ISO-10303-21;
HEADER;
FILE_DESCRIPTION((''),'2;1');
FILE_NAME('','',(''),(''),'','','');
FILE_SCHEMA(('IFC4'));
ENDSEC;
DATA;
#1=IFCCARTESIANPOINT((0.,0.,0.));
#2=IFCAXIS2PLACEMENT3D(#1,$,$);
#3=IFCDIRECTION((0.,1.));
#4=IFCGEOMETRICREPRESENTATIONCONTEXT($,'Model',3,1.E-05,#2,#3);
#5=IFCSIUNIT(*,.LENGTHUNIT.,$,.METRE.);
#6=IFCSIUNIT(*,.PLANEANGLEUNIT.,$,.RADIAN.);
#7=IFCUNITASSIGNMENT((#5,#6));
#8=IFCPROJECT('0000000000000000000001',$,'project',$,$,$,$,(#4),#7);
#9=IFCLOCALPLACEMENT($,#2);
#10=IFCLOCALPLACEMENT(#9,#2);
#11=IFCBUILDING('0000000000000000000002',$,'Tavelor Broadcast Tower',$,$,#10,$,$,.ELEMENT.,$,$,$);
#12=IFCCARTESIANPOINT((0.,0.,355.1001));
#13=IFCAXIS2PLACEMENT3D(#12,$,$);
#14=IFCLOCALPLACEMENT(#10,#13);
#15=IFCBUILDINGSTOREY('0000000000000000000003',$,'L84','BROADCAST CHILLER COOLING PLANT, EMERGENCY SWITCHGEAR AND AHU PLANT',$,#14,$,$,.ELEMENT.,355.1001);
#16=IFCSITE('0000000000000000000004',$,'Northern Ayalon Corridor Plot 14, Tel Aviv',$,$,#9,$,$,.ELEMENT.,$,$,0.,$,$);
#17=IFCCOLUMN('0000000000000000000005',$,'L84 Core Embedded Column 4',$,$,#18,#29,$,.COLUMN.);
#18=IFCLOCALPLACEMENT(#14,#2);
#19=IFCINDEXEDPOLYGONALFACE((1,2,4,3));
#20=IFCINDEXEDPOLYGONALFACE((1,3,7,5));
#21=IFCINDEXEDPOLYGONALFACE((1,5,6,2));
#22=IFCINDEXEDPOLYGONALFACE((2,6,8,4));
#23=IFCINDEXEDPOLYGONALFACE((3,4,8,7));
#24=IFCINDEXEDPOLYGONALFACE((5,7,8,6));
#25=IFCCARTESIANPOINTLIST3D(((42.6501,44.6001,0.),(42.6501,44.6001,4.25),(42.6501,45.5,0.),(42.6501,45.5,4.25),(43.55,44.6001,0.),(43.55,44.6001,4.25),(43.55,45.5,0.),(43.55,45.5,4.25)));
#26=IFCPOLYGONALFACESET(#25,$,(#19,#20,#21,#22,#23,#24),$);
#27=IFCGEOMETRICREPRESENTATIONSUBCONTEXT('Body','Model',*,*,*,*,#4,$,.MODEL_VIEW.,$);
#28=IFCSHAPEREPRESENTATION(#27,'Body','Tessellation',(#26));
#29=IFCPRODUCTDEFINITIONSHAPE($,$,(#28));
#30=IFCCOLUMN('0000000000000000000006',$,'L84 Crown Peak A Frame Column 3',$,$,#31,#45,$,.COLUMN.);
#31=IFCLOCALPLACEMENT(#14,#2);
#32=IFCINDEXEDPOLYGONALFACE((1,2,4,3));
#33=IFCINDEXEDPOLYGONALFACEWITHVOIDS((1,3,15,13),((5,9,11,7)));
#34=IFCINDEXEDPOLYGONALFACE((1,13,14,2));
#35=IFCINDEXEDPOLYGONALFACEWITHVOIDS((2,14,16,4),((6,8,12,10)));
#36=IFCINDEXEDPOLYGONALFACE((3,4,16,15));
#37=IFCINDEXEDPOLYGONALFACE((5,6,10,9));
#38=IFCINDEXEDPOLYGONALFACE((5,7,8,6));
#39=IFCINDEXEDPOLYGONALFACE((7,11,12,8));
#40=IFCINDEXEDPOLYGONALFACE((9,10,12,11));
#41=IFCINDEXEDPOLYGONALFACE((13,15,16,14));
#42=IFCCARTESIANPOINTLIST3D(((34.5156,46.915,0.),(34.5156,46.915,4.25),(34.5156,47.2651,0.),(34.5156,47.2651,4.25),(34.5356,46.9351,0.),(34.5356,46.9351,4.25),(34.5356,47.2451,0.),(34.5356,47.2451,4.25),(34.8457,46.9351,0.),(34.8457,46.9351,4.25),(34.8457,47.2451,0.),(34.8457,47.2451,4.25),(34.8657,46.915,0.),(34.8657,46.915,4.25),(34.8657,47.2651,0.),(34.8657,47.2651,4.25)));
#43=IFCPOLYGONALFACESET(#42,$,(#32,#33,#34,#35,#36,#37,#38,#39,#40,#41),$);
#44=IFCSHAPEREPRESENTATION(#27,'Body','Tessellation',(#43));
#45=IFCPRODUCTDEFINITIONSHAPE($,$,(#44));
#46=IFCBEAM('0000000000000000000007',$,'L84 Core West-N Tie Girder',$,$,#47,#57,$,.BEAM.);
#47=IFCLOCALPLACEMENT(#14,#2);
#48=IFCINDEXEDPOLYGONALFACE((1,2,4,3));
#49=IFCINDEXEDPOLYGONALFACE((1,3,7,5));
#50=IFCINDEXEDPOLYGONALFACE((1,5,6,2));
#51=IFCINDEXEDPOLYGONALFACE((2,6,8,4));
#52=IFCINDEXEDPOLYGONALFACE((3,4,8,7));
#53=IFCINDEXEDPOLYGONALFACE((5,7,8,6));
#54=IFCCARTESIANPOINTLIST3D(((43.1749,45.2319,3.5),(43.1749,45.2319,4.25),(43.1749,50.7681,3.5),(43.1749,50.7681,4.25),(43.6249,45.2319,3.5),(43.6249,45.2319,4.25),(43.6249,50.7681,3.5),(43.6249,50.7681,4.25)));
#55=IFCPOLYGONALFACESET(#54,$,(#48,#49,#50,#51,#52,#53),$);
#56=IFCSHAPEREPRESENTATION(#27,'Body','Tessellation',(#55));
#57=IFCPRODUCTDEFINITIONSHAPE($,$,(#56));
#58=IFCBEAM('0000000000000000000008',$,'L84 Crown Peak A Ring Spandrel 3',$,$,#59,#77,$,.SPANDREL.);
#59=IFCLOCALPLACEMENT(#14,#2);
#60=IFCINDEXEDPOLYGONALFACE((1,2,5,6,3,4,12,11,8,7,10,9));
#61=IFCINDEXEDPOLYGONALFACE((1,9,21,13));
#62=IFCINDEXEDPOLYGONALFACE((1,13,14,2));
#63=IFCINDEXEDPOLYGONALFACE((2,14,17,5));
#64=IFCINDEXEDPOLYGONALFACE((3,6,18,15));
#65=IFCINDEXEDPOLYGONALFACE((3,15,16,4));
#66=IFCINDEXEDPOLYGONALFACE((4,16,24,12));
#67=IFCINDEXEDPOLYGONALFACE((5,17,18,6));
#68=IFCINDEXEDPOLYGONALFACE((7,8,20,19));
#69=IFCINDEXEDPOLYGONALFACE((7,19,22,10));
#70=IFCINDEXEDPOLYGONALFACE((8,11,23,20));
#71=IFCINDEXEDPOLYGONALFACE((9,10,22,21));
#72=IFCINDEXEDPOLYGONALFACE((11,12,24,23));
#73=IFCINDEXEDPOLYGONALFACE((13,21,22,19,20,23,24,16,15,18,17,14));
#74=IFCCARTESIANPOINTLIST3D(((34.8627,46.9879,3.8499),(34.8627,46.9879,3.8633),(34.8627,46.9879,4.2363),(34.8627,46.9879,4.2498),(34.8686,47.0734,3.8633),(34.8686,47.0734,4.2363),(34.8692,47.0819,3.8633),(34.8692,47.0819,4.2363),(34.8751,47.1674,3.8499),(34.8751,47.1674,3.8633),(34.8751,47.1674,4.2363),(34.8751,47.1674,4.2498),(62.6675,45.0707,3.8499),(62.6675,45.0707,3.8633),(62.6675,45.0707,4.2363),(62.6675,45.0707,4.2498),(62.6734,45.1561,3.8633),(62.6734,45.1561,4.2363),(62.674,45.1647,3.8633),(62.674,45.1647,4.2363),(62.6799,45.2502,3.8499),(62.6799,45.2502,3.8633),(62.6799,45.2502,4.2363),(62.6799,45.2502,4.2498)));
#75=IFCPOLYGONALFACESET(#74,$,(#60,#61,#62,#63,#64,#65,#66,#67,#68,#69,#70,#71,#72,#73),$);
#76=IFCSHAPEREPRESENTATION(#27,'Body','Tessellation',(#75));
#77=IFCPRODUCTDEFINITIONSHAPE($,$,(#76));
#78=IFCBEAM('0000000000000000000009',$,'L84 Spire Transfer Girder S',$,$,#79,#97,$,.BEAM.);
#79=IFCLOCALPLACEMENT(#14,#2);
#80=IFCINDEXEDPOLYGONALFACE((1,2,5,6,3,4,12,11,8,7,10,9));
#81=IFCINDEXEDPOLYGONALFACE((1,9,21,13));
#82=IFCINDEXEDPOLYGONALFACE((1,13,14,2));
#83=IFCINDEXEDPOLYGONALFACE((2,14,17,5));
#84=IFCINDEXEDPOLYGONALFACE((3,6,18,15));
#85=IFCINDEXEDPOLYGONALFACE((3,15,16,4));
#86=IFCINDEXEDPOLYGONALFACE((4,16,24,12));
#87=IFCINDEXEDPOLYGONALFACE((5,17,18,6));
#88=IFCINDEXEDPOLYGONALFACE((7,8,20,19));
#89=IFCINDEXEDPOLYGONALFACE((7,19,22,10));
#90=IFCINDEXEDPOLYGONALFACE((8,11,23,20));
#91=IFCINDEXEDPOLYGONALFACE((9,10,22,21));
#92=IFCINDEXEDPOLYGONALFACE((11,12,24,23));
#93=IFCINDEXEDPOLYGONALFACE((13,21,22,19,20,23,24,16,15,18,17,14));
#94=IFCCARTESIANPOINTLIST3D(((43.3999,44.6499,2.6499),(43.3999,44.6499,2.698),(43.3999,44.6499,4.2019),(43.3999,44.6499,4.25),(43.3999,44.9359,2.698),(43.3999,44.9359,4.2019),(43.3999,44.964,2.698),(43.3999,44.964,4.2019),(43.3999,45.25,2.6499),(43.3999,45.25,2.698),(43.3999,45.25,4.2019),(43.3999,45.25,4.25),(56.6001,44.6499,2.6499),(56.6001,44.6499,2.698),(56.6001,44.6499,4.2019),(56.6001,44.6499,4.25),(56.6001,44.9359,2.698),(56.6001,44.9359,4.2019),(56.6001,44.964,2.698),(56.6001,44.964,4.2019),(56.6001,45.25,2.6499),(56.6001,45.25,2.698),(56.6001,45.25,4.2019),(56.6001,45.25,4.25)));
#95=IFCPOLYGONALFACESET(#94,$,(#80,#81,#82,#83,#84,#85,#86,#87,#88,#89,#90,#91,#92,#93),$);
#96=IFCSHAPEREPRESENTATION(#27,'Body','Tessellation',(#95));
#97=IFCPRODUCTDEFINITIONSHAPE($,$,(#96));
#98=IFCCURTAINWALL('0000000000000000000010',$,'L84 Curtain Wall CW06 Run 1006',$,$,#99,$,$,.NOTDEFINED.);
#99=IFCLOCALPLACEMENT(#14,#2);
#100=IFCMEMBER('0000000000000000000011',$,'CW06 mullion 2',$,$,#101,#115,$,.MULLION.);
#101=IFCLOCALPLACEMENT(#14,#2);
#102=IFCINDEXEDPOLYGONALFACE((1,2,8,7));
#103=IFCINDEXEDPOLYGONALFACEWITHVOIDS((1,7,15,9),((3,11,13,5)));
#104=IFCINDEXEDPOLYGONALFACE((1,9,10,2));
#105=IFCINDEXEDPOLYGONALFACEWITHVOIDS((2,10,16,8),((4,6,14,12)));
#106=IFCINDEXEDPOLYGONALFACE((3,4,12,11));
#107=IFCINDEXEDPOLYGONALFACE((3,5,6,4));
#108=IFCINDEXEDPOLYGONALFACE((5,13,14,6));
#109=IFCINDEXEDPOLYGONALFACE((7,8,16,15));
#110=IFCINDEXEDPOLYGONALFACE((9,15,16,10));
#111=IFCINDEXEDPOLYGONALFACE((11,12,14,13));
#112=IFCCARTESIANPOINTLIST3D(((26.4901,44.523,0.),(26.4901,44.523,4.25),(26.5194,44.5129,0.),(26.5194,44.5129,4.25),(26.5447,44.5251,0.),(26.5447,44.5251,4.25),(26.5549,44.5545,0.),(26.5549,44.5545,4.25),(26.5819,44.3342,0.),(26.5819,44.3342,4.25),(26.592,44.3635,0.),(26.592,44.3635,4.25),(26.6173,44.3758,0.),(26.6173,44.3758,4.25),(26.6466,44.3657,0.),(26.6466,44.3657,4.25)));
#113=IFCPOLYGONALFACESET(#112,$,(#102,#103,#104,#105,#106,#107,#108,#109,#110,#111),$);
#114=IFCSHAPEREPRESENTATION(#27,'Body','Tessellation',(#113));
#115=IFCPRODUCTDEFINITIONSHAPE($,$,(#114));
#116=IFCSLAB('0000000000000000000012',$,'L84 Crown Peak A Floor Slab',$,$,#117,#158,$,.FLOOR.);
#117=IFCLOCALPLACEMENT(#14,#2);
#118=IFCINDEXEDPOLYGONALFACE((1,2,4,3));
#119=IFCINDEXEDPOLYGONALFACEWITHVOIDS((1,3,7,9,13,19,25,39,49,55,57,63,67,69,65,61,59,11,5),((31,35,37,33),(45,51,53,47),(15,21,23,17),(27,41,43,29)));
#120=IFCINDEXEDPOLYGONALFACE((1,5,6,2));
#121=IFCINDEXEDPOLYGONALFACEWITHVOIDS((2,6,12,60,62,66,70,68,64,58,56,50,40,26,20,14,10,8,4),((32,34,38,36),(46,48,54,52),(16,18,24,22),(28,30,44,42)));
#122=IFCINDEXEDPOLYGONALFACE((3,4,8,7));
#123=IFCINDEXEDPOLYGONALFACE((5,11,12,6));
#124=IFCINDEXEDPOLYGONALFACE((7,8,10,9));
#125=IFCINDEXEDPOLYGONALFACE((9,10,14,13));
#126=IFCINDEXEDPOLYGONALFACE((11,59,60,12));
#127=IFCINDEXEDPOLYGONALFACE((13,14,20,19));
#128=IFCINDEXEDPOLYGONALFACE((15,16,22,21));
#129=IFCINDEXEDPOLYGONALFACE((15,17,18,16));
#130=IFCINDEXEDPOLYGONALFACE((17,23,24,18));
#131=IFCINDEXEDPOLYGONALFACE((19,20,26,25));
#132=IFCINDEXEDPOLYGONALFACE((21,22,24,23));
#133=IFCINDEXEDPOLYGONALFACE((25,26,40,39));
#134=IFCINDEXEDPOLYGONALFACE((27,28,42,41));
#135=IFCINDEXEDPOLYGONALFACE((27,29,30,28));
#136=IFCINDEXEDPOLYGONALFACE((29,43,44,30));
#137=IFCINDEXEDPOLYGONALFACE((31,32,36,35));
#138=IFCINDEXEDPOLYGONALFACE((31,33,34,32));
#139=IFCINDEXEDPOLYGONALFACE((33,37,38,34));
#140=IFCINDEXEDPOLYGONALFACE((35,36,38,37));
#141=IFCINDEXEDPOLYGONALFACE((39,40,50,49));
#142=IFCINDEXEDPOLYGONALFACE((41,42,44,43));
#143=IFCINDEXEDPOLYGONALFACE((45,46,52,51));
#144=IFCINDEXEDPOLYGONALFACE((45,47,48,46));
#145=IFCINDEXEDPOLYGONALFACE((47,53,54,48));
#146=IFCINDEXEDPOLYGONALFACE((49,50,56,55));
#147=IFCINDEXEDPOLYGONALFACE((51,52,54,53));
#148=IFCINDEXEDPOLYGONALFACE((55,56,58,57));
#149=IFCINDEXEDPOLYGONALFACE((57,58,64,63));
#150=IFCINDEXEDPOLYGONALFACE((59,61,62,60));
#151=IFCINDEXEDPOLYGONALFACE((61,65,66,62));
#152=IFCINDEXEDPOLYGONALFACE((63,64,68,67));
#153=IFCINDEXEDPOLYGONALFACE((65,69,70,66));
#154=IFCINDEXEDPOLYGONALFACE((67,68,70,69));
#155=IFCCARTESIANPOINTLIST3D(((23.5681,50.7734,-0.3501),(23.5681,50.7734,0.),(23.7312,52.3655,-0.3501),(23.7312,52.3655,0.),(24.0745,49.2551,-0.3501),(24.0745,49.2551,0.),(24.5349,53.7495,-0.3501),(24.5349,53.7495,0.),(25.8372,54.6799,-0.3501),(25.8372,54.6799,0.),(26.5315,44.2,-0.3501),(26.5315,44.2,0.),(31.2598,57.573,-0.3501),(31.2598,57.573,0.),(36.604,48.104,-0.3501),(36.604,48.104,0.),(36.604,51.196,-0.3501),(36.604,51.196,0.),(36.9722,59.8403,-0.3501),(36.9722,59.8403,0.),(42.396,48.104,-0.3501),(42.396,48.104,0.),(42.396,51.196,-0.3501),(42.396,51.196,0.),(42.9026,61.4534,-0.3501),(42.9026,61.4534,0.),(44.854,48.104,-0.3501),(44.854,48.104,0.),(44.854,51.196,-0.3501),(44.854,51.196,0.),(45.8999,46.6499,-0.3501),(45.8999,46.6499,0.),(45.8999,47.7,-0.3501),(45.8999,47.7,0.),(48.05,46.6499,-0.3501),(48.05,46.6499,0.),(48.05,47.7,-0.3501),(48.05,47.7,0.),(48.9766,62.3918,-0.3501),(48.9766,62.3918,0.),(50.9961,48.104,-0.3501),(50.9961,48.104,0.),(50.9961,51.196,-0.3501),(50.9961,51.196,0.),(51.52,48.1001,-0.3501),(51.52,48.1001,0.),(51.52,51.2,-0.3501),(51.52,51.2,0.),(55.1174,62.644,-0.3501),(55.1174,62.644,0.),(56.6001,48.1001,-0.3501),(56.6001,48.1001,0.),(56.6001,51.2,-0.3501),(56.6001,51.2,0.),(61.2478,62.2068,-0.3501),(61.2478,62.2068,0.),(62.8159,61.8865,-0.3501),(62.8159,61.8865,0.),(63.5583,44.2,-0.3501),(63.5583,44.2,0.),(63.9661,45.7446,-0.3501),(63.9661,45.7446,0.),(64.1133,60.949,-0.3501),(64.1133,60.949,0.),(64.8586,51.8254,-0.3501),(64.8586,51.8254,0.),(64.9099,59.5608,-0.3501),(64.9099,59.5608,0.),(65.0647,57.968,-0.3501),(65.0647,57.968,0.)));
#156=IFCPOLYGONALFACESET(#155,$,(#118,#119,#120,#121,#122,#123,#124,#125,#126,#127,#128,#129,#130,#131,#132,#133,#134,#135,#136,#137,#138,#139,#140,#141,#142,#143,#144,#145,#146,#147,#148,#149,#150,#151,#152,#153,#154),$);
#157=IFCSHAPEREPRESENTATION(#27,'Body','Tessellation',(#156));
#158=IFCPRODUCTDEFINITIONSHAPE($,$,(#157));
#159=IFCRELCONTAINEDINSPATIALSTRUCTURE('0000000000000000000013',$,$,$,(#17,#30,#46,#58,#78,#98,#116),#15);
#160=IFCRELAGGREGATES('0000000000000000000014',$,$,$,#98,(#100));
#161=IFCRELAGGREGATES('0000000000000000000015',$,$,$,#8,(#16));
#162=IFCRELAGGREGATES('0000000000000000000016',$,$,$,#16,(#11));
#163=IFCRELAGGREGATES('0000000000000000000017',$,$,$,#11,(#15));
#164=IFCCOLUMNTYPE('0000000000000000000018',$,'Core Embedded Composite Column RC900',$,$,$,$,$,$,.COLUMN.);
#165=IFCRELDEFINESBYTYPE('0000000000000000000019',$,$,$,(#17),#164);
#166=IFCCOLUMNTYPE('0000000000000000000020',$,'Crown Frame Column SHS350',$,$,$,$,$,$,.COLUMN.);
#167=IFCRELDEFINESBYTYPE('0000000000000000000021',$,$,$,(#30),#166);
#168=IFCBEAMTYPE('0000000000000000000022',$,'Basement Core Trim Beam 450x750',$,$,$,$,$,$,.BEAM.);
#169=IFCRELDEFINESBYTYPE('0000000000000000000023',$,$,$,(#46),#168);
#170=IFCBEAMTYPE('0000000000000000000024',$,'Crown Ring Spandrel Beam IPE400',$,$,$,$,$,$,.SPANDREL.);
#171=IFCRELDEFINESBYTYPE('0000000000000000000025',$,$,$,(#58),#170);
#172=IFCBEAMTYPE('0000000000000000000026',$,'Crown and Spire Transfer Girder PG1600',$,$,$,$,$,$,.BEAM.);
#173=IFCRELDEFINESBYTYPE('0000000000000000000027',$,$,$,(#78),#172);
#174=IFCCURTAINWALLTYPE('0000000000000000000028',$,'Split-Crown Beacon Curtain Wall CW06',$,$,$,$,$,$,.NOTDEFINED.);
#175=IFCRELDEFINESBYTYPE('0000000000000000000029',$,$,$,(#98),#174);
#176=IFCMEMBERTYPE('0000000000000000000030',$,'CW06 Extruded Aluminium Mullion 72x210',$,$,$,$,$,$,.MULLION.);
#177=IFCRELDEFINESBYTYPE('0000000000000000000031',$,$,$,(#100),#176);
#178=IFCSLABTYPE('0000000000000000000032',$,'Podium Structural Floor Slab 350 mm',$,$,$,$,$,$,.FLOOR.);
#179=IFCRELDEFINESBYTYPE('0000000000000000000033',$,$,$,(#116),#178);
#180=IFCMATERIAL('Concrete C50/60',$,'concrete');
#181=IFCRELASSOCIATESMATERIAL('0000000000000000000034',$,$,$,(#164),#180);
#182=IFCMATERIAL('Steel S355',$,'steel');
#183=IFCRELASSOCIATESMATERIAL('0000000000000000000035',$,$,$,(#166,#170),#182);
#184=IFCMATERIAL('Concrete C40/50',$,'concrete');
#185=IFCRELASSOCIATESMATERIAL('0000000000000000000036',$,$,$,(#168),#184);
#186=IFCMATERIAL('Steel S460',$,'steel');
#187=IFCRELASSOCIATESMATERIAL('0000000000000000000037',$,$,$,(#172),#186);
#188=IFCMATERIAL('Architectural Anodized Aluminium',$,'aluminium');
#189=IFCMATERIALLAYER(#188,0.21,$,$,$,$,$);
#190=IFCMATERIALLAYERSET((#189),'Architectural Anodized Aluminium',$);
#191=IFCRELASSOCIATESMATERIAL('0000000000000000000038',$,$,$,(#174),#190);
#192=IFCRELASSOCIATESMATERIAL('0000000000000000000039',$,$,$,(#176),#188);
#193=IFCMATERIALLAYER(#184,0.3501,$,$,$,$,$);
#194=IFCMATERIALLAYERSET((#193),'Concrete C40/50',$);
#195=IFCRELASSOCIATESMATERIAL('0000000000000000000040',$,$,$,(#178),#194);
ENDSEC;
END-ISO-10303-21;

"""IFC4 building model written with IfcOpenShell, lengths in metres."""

from ifc_helpers import new_model, si_unit, direction, frame, origin, origin_2d, place, context, subcontext, project, spatial, polyline, rectangle, hollow_rectangle, i_section, outline, extrude, source, transform, mapped, material, layer, layer_set, material_profile, profile_set, type_object, type_shapes, element, aggregate, save


model = new_model("IFC4")

# Units and contexts
model_context = context("Model", 3, precision=1e-05, world=origin(), true_north=direction((0.0, 1.0)))
body_context = subcontext(model_context, "Body", "Model", "MODEL_VIEW")
ifc_project = project(units=[si_unit("LENGTHUNIT", "METRE"), si_unit("PLANEANGLEUNIT", "RADIAN")], contexts=[model_context])

# Site, building, storey
site_placement = place(None, origin())
site = spatial("IfcSite", under=ifc_project, at=site_placement, Name="Northern Ayalon Corridor Plot 14, Tel Aviv", CompositionType="ELEMENT", RefElevation=0.0)
building_placement = place(site_placement, origin())
building = spatial("IfcBuilding", under=site, at=building_placement, Name="Tavelor Broadcast Tower", CompositionType="ELEMENT")
storey_placement = place(building_placement, frame((0.0, 0.0, 355.1001)))
storey = spatial("IfcBuildingStorey", under=building, at=storey_placement, Name="L84", Description="BROADCAST CHILLER COOLING PLANT, EMERGENCY SWITCHGEAR AND AHU PLANT", CompositionType="ELEMENT", Elevation=355.1001)

# Columns
ifc_material_1 = material(Name="Concrete C50/60", Category="concrete")
ifc_material_profile_1 = material_profile(ifc_material_1, rectangle(XDim=0.8999, YDim=0.8999, at=origin_2d()), Name="RC 900x900")
ifc_profile_set_1 = profile_set([ifc_material_profile_1], Name="Concrete C50/60")
column_type_1 = type_object("IfcColumnType", Name="Core Embedded Composite Column RC900", PredefinedType="COLUMN", material=ifc_profile_set_1)
column_1_placement = place(storey_placement, frame((43.1001, 45.05, 0.0), z_axis=(0.0, 0.0, 1.0), x_axis=(1.0, 0.0, 0.0)))
element("IfcColumn", 1, at=column_1_placement, inside=storey, type_object=column_type_1, Name="L84 Core Embedded Column 4", PredefinedType="COLUMN", context=body_context, shape_type="SweptSolid", body=[
    extrude(rectangle(XDim=0.8999, YDim=0.8999, at=origin_2d()), origin(), (0.0, 0.0, 1.0), 4.25),
])
ifc_material_2 = material(Name="Steel S355", Category="steel")
ifc_material_profile_2 = material_profile(ifc_material_2, hollow_rectangle(XDim=0.3501, YDim=0.3501, WallThickness=0.02, at=origin_2d()), Name="SHS 350x350x20")
ifc_profile_set_2 = profile_set([ifc_material_profile_2], Name="Steel S355")
column_type_2 = type_object("IfcColumnType", Name="Crown Frame Column SHS350", PredefinedType="COLUMN", material=ifc_profile_set_2)
column_2_placement = place(storey_placement, frame((34.6907, 47.0901, 0.0), z_axis=(0.0, 0.0, 1.0), x_axis=(1.0, 0.0, 0.0)))
element("IfcColumn", 2, at=column_2_placement, inside=storey, type_object=column_type_2, Name="L84 Crown Peak A Frame Column 3", PredefinedType="COLUMN", context=body_context, shape_type="SweptSolid", body=[
    extrude(hollow_rectangle(XDim=0.3501, YDim=0.3501, WallThickness=0.02, at=origin_2d()), origin(), (0.0, 0.0, 1.0), 4.25),
])

# Beams
ifc_material_3 = material(Name="Concrete C40/50", Category="concrete")
ifc_material_profile_3 = material_profile(ifc_material_3, rectangle(XDim=0.45, YDim=0.75, at=origin_2d()), Name="RC 450x750")
ifc_profile_set_3 = profile_set([ifc_material_profile_3], Name="Concrete C40/50")
beam_type_1 = type_object("IfcBeamType", Name="Basement Core Trim Beam 450x750", PredefinedType="BEAM", material=ifc_profile_set_3)
beam_1_placement = place(storey_placement, frame((43.3999, 45.2319, 3.875), z_axis=(0.0, 1.0, 0.0), x_axis=(-1.0, 0.0, 0.0)))
element("IfcBeam", 3, at=beam_1_placement, inside=storey, type_object=beam_type_1, Name="L84 Core West-N Tie Girder", PredefinedType="BEAM", context=body_context, shape_type="SweptSolid", body=[
    extrude(rectangle(XDim=0.45, YDim=0.75, at=origin_2d()), origin(), (0.0, 0.0, 1.0), 5.5361),
])
ifc_material_profile_4 = material_profile(ifc_material_2, i_section(OverallWidth=0.1799, OverallDepth=0.3999, WebThickness=0.0085, FlangeThickness=0.0134, at=origin_2d()), Name="IPE 400")
ifc_profile_set_4 = profile_set([ifc_material_profile_4], Name="Steel S355")
beam_type_2 = type_object("IfcBeamType", Name="Crown Ring Spandrel Beam IPE400", PredefinedType="SPANDREL", material=ifc_profile_set_4)
beam_2_placement = place(storey_placement, frame((34.8689, 47.0776, 4.0498), z_axis=(0.997631, -0.06879, 0.0), x_axis=(0.06879, 0.997631, 0.0)))
element("IfcBeam", 4, at=beam_2_placement, inside=storey, type_object=beam_type_2, Name="L84 Crown Peak A Ring Spandrel 3", PredefinedType="SPANDREL", context=body_context, shape_type="SweptSolid", body=[
    extrude(i_section(OverallWidth=0.1799, OverallDepth=0.3999, WebThickness=0.0085, FlangeThickness=0.0134, at=origin_2d()), origin(), (0.0, 0.0, 1.0), 27.8708),
])
ifc_material_4 = material(Name="Steel S460", Category="steel")
ifc_material_profile_5 = material_profile(ifc_material_4, i_section(OverallWidth=0.6001, OverallDepth=1.6001, WebThickness=0.0281, FlangeThickness=0.0481, at=origin_2d()), Name="PG 1600x600")
ifc_profile_set_5 = profile_set([ifc_material_profile_5], Name="Steel S460")
beam_type_3 = type_object("IfcBeamType", Name="Crown and Spire Transfer Girder PG1600", PredefinedType="BEAM", material=ifc_profile_set_5)
beam_3_placement = place(storey_placement, frame((43.3999, 44.95, 3.45), z_axis=(1.0, 0.0, 0.0), x_axis=(0.0, 1.0, 0.0)))
element("IfcBeam", 5, at=beam_3_placement, inside=storey, type_object=beam_type_3, Name="L84 Spire Transfer Girder S", PredefinedType="BEAM", context=body_context, shape_type="SweptSolid", body=[
    extrude(i_section(OverallWidth=0.6001, OverallDepth=1.6001, WebThickness=0.0281, FlangeThickness=0.0481, at=origin_2d()), origin(), (0.0, 0.0, 1.0), 13.2002),
])

# Curtain wall, member
ifc_material_5 = material(Name="Architectural Anodized Aluminium", Category="aluminium")
ifc_layer_1 = layer(ifc_material_5, 0.21)
ifc_layer_set_1 = layer_set([ifc_layer_1], Name="Architectural Anodized Aluminium")
curtain_wall_type = type_object("IfcCurtainWallType", Name="Split-Crown Beacon Curtain Wall CW06", PredefinedType="NOTDEFINED", material=ifc_layer_set_1)
curtain_wall_placement = place(storey_placement, origin())
curtain_wall = element("IfcCurtainWall", 6, at=curtain_wall_placement, inside=storey, type_object=curtain_wall_type, Name="L84 Curtain Wall CW06 Run 1006", PredefinedType="NOTDEFINED")
ifc_material_profile_6 = material_profile(ifc_material_5, hollow_rectangle(XDim=0.072, YDim=0.21, WallThickness=0.022, at=origin_2d()), Name="RHS 72x210x22")
ifc_profile_set_6 = profile_set([ifc_material_profile_6], Name="Architectural Anodized Aluminium")
member_type = type_object("IfcMemberType", Name="CW06 Extruded Aluminium Mullion 72x210", PredefinedType="MULLION", material=ifc_profile_set_6)
shared_shape_1 = source(origin(), body_context, "Body", "SweptSolid", [
    extrude(hollow_rectangle(XDim=0.072, YDim=0.21, WallThickness=0.022, at=origin_2d()), origin(), (0.0, 0.0, 1.0), 4.25),
])
type_shapes(member_type, [shared_shape_1])
member_placement = place(storey_placement, frame((26.5684, 44.4443, 0.0), z_axis=(0.0, 0.0, 1.0), x_axis=(0.899407, 0.437113, 0.0)))
member = element("IfcMember", 7, at=member_placement, type_object=member_type, Name="CW06 mullion 2", PredefinedType="MULLION", context=body_context, shape_type="MappedRepresentation", body=[
    mapped(shared_shape_1, transform((0.0, 0.0, 0.0), scale=1.0)),
])

# Slab
ifc_layer_2 = layer(ifc_material_3, 0.3501)
ifc_layer_set_2 = layer_set([ifc_layer_2], Name="Concrete C40/50")
slab_type_1 = type_object("IfcSlabType", Name="Podium Structural Floor Slab 350 mm", PredefinedType="FLOOR", material=ifc_layer_set_2)
slab_1_placement = place(storey_placement, frame((0.0, 0.0, -0.3501)))
element("IfcSlab", 8, at=slab_1_placement, inside=storey, type_object=slab_type_1, Name="L84 Crown Peak A Floor Slab", PredefinedType="FLOOR", context=body_context, shape_type="SweptSolid", body=[
    extrude(outline(polyline([(26.5315, 44.2), (63.5583, 44.2), (63.9661, 45.7446), (64.8586, 51.8254), (65.0647, 57.968), (64.9099, 59.5608), (64.1133, 60.949), (62.8159, 61.8865), (61.2478, 62.2068), (55.1174, 62.644), (48.9766, 62.3918), (42.9026, 61.4534), (36.9722, 59.8403), (31.2598, 57.573), (25.8372, 54.6799), (24.5349, 53.7495), (23.7312, 52.3655), (23.5681, 50.7734), (24.0745, 49.2551), (26.5315, 44.2)]), holes=[polyline([(48.05, 47.7), (48.05, 46.6499), (45.8999, 46.6499), (45.8999, 47.7), (48.05, 47.7)]), polyline([(42.396, 51.196), (42.396, 48.104), (36.604, 48.104), (36.604, 51.196), (42.396, 51.196)]), polyline([(50.9961, 51.196), (50.9961, 48.104), (44.854, 48.104), (44.854, 51.196), (50.9961, 51.196)]), polyline([(56.6001, 51.2), (56.6001, 48.1001), (51.52, 48.1001), (51.52, 51.2), (56.6001, 51.2)])]), origin(), (0.0, 0.0, 1.0), 0.3501),
])

aggregate(curtain_wall, [member])

save(model, "model.ifc")
